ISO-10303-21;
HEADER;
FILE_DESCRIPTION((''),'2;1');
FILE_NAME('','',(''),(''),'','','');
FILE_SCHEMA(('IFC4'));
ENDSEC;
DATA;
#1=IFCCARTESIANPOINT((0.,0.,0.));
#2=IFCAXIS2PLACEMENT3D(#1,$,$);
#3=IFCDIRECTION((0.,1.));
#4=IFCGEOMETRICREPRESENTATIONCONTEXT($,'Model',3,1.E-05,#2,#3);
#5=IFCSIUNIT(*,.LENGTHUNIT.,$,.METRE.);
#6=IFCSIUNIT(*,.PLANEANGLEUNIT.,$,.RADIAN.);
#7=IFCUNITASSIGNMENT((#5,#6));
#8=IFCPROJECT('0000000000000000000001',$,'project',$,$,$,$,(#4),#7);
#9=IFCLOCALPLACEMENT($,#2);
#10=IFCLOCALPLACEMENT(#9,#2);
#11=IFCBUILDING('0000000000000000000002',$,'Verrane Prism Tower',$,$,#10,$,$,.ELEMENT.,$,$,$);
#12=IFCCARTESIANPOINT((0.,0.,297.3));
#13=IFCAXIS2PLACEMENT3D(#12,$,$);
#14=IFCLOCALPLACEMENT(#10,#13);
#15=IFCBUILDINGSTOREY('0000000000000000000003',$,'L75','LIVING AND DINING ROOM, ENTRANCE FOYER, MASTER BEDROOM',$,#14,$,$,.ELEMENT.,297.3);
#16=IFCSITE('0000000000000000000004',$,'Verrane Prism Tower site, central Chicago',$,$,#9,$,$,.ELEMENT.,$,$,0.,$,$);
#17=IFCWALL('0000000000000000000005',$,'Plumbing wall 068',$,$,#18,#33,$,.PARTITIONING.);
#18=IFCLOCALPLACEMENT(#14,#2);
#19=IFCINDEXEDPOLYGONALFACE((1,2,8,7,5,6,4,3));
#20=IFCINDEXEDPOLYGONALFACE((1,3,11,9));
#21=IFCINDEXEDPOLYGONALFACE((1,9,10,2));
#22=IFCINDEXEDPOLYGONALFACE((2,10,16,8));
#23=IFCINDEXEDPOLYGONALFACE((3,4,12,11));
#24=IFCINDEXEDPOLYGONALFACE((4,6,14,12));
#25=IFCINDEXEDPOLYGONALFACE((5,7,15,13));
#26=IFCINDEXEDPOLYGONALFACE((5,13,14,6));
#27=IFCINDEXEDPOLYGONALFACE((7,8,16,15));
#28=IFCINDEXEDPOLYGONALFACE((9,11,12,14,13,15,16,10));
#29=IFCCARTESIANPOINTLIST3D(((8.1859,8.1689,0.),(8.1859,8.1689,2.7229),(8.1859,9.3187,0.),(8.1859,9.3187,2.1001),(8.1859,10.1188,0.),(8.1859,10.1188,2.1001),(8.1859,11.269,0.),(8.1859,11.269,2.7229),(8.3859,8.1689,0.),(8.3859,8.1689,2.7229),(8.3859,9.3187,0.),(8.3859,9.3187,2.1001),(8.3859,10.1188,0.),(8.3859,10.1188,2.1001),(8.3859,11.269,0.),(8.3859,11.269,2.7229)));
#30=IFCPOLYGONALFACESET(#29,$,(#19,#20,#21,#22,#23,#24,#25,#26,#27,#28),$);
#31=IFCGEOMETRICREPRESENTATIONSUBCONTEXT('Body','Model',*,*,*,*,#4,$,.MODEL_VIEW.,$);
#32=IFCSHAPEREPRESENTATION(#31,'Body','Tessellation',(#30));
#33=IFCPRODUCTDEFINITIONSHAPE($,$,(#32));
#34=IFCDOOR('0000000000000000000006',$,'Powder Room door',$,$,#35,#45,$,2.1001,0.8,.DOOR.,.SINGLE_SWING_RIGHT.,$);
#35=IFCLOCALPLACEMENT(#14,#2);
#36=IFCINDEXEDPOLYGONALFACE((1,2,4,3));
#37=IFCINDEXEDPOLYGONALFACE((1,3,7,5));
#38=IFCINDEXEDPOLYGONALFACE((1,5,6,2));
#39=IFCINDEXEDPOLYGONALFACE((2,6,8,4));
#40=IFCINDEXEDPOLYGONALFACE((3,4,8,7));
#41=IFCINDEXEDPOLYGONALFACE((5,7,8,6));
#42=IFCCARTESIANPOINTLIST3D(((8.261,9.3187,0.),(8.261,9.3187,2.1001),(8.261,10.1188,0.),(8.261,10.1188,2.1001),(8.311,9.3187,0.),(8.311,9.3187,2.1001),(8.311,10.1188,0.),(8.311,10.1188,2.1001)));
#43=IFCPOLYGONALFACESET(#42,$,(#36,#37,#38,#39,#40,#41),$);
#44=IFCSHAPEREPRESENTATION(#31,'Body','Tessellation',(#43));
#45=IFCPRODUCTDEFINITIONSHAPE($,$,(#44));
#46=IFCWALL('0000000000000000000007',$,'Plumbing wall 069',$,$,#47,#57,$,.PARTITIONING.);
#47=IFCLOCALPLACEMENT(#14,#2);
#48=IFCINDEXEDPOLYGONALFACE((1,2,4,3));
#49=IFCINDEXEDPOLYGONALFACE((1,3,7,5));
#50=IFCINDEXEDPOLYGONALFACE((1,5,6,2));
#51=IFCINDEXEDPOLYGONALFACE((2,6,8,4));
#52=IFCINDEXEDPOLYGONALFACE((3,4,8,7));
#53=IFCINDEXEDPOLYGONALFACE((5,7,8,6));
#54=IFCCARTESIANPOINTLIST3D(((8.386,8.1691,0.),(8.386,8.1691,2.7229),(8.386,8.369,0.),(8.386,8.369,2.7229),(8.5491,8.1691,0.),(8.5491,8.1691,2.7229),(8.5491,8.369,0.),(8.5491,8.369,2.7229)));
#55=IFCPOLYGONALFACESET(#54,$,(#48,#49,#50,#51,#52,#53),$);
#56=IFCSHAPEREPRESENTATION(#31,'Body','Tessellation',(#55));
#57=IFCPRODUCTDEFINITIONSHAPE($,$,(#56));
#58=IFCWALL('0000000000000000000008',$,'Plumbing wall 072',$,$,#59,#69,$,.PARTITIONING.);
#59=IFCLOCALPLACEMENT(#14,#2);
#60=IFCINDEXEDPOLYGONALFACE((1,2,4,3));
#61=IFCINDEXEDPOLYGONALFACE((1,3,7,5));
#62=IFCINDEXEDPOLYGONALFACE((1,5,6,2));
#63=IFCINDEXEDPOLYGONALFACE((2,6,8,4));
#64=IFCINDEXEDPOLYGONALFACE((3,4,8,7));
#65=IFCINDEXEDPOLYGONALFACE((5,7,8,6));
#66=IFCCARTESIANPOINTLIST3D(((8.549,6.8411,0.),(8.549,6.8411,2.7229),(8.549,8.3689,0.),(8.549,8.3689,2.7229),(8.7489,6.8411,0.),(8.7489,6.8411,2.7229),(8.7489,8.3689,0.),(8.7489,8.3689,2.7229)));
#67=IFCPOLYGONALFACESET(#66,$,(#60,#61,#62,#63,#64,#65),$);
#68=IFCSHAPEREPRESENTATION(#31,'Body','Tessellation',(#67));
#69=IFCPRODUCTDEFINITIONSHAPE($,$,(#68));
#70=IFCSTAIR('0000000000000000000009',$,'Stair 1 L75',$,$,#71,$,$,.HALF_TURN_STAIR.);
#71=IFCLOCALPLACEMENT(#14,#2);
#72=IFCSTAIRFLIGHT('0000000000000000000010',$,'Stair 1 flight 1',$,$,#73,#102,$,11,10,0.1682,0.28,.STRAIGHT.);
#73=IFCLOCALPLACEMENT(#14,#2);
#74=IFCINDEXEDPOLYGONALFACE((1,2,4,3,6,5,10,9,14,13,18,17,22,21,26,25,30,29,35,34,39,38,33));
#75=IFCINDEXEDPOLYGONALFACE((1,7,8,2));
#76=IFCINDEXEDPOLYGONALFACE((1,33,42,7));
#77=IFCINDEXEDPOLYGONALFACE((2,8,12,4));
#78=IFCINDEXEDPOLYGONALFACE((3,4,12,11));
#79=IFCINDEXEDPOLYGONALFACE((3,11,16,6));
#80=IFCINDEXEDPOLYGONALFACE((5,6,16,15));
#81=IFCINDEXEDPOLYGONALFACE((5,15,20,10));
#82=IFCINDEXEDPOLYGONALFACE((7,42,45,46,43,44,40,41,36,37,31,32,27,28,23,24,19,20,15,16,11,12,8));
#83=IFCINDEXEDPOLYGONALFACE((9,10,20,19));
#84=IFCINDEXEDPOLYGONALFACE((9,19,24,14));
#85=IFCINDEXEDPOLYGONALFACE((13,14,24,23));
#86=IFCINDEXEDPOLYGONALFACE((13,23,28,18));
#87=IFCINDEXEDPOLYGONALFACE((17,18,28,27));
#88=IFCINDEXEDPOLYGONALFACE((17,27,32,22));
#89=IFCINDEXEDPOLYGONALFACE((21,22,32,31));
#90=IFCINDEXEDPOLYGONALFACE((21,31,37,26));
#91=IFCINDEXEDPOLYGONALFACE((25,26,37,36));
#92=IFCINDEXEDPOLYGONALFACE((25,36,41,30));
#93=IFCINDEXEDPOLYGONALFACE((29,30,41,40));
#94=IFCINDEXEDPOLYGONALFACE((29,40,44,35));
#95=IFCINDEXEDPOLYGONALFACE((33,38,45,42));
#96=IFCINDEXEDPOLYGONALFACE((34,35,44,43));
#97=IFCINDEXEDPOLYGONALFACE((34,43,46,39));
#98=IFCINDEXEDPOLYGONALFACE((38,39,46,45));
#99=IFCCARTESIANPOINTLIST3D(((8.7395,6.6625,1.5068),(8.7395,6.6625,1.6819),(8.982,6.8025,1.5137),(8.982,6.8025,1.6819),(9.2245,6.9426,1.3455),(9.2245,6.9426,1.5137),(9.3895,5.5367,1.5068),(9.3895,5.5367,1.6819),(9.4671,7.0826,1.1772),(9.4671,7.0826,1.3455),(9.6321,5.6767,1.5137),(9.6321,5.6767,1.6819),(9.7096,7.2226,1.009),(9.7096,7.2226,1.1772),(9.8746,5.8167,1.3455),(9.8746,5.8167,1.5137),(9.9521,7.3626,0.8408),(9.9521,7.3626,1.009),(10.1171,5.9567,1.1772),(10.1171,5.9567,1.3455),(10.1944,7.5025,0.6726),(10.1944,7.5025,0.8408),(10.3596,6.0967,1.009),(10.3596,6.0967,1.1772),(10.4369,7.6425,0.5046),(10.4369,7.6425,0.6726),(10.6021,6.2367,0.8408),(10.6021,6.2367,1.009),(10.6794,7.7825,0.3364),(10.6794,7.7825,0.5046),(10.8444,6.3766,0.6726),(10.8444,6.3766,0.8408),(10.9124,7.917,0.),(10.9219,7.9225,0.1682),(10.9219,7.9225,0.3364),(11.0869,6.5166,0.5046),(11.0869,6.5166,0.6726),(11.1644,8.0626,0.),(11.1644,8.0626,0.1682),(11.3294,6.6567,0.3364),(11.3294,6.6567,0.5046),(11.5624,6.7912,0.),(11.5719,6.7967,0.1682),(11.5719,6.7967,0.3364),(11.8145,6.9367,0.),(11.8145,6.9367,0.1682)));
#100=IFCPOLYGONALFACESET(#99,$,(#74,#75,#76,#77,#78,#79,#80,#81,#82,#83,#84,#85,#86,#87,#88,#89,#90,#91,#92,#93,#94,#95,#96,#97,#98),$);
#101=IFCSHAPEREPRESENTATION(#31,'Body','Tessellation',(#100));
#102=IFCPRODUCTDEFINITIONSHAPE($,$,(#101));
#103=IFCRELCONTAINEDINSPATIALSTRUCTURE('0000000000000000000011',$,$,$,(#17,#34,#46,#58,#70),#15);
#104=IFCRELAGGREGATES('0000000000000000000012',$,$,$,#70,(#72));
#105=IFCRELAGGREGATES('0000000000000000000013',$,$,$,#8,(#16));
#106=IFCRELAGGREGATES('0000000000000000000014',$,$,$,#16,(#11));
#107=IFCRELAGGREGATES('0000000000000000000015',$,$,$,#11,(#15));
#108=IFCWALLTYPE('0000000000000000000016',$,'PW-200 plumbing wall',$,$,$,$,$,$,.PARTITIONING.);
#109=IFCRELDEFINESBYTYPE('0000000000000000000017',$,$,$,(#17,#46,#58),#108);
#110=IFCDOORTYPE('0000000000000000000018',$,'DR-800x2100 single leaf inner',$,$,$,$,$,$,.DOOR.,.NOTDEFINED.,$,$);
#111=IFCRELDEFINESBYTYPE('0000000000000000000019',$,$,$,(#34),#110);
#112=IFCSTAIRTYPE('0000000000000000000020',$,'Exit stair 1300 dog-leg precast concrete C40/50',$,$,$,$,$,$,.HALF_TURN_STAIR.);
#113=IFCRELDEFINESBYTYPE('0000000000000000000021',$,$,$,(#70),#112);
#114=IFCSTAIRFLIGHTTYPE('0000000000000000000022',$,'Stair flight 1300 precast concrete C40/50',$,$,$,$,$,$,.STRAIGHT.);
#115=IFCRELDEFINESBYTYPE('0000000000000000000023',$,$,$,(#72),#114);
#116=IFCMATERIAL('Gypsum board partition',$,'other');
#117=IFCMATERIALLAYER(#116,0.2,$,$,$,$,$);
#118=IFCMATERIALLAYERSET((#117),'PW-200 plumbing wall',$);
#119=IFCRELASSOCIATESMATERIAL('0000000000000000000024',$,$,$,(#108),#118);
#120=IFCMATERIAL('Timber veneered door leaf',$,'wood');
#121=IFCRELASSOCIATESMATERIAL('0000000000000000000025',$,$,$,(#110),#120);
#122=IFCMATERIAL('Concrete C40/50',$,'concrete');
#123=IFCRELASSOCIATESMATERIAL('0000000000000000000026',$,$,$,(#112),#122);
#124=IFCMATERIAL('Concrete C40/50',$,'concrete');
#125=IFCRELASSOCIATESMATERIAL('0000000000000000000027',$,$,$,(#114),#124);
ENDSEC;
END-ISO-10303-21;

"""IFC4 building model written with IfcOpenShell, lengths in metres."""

from ifc_helpers import new_model, si_unit, direction, frame, frame_2d, origin, place, context, subcontext, project, spatial, polyline, rectangle, outline, extrude, material, layer, layer_set, type_object, element, fill, aggregate, save


model = new_model("IFC4")

# Units and contexts
model_context = context("Model", 3, precision=1e-05, world=origin(), true_north=direction((0.0, 1.0)))
body_context = subcontext(model_context, "Body", "Model", "MODEL_VIEW")
ifc_project = project(units=[si_unit("LENGTHUNIT", "METRE"), si_unit("PLANEANGLEUNIT", "RADIAN")], contexts=[model_context])

# Site, building, storey
site_placement = place(None, origin())
site = spatial("IfcSite", under=ifc_project, at=site_placement, Name="Verrane Prism Tower site, central Chicago", CompositionType="ELEMENT", RefElevation=0.0)
building_placement = place(site_placement, origin())
building = spatial("IfcBuilding", under=site, at=building_placement, Name="Verrane Prism Tower", CompositionType="ELEMENT")
storey_placement = place(building_placement, frame((0.0, 0.0, 297.3)))
storey = spatial("IfcBuildingStorey", under=building, at=storey_placement, Name="L75", Description="LIVING AND DINING ROOM, ENTRANCE FOYER, MASTER BEDROOM", CompositionType="ELEMENT", Elevation=297.3)

# Shared definitions
ifc_material_1 = material(Name="Gypsum board partition", Category="other")
ifc_layer_1 = layer(ifc_material_1, 0.2)
ifc_layer_set_1 = layer_set([ifc_layer_1], Name="PW-200 plumbing wall")
wall_type_1 = type_object("IfcWallType", Name="PW-200 plumbing wall", PredefinedType="PARTITIONING", material=ifc_layer_set_1)

# Wall, opening, door
wall_1_placement = place(storey_placement, frame((8.2859, 8.1689, 0.0), z_axis=(0.0, 0.0, 1.0), x_axis=(0.0, 1.0, 0.0)))
wall_1 = element("IfcWall", 1, at=wall_1_placement, inside=storey, type_object=wall_type_1, Name="Plumbing wall 068", PredefinedType="PARTITIONING", context=body_context, shape_type="SweptSolid", body=[
    extrude(rectangle(XDim=3.1001, YDim=0.2, at=frame_2d((1.55, 0.0))), origin(), (0.0, 0.0, 1.0), 2.7229),
])
opening_1_placement = place(wall_1_placement, frame((1.1499, 0.0, 0.0)))
opening_1 = element("IfcOpeningElement", 2, at=opening_1_placement, cuts=wall_1, PredefinedType="OPENING", context=body_context, shape_type="SweptSolid", body=[
    extrude(rectangle(XDim=0.8, YDim=2.1001, at=frame_2d((0.3999, 1.05))), frame((0.0, 0.1099, 0.0), z_axis=(0.0, -1.0, 0.0), x_axis=(1.0, 0.0, 0.0)), (0.0, 0.0, 1.0), 0.22),
])
ifc_material_2 = material(Name="Timber veneered door leaf", Category="wood")
door_type_1 = type_object("IfcDoorType", Name="DR-800x2100 single leaf inner", OperationType="NOTDEFINED", PredefinedType="DOOR", material=ifc_material_2)
door_1_placement = place(opening_1_placement, origin())
door_1 = element("IfcDoor", 3, at=door_1_placement, inside=storey, type_object=door_type_1, Name="Powder Room door", OperationType="SINGLE_SWING_RIGHT", OverallHeight=2.1001, OverallWidth=0.8, PredefinedType="DOOR", context=body_context, shape_type="SweptSolid", body=[
    extrude(rectangle(XDim=0.8, YDim=2.1001, at=frame_2d((0.3999, 1.05))), frame((0.0, 0.0249, 0.0), z_axis=(0.0, -1.0, 0.0), x_axis=(1.0, 0.0, 0.0)), (0.0, 0.0, 1.0), 0.05),
])
fill(opening_1, door_1)

# Walls
wall_2_placement = place(storey_placement, frame((8.386, 8.269, 0.0), z_axis=(0.0, 0.0, 1.0), x_axis=(1.0, 0.0, 0.0)))
element("IfcWall", 4, at=wall_2_placement, inside=storey, type_object=wall_type_1, Name="Plumbing wall 069", PredefinedType="PARTITIONING", context=body_context, shape_type="SweptSolid", body=[
    extrude(rectangle(XDim=0.1631, YDim=0.2, at=frame_2d((0.0815, 0.0))), origin(), (0.0, 0.0, 1.0), 2.7229),
])
wall_3_placement = place(storey_placement, frame((8.6489, 6.8411, 0.0), z_axis=(0.0, 0.0, 1.0), x_axis=(0.0, 1.0, 0.0)))
element("IfcWall", 5, at=wall_3_placement, inside=storey, type_object=wall_type_1, Name="Plumbing wall 072", PredefinedType="PARTITIONING", context=body_context, shape_type="SweptSolid", body=[
    extrude(rectangle(XDim=1.5278, YDim=0.2, at=frame_2d((0.7639, 0.0))), origin(), (0.0, 0.0, 1.0), 2.7229),
])

# Stair, stair flight
ifc_material_3 = material(Name="Concrete C40/50", Category="concrete")
stair_type = type_object("IfcStairType", Name="Exit stair 1300 dog-leg precast concrete C40/50", PredefinedType="HALF_TURN_STAIR", material=ifc_material_3)
stair_placement = place(storey_placement, origin())
stair = element("IfcStair", 6, at=stair_placement, inside=storey, type_object=stair_type, Name="Stair 1 L75", PredefinedType="HALF_TURN_STAIR")
ifc_material_4 = material(Name="Concrete C40/50", Category="concrete")
stair_flight_type = type_object("IfcStairFlightType", Name="Stair flight 1300 precast concrete C40/50", PredefinedType="STRAIGHT", material=ifc_material_4)
stair_flight_placement = place(storey_placement, frame((11.4895, 7.4995, 0.0), z_axis=(0.0, 0.0, 1.0), x_axis=(-0.866025, -0.5, 0.0)))
stair_flight = element("IfcStairFlight", 7, at=stair_flight_placement, type_object=stair_flight_type, Name="Stair 1 flight 1", NumberOfRisers=11, NumberOfTreads=10, PredefinedType="STRAIGHT", RiserHeight=0.1682, TreadLength=0.28, context=body_context, shape_type="SweptSolid", body=[
    extrude(outline(polyline([(0.0, 0.0), (0.0, 0.1682), (0.28, 0.1682), (0.28, 0.3364), (0.5601, 0.3364), (0.5601, 0.5046), (0.8401, 0.5046), (0.8401, 0.6726), (1.1201, 0.6726), (1.1201, 0.8408), (1.3999, 0.8408), (1.3999, 1.009), (1.6799, 1.009), (1.6799, 1.1772), (1.96, 1.1772), (1.96, 1.3455), (2.24, 1.3455), (2.24, 1.5137), (2.52, 1.5137), (2.52, 1.6819), (2.8, 1.6819), (2.8, 1.8501), (2.8, 1.5068), (0.291, 0.0), (0.0, 0.0)])), frame((0.0, 0.6499, 0.0), z_axis=(0.0, -1.0, 0.0), x_axis=(1.0, 0.0, 0.0)), (0.0, 0.0, 1.0), 1.3),
])
aggregate(stair, [stair_flight])

save(model, "model.ifc")
